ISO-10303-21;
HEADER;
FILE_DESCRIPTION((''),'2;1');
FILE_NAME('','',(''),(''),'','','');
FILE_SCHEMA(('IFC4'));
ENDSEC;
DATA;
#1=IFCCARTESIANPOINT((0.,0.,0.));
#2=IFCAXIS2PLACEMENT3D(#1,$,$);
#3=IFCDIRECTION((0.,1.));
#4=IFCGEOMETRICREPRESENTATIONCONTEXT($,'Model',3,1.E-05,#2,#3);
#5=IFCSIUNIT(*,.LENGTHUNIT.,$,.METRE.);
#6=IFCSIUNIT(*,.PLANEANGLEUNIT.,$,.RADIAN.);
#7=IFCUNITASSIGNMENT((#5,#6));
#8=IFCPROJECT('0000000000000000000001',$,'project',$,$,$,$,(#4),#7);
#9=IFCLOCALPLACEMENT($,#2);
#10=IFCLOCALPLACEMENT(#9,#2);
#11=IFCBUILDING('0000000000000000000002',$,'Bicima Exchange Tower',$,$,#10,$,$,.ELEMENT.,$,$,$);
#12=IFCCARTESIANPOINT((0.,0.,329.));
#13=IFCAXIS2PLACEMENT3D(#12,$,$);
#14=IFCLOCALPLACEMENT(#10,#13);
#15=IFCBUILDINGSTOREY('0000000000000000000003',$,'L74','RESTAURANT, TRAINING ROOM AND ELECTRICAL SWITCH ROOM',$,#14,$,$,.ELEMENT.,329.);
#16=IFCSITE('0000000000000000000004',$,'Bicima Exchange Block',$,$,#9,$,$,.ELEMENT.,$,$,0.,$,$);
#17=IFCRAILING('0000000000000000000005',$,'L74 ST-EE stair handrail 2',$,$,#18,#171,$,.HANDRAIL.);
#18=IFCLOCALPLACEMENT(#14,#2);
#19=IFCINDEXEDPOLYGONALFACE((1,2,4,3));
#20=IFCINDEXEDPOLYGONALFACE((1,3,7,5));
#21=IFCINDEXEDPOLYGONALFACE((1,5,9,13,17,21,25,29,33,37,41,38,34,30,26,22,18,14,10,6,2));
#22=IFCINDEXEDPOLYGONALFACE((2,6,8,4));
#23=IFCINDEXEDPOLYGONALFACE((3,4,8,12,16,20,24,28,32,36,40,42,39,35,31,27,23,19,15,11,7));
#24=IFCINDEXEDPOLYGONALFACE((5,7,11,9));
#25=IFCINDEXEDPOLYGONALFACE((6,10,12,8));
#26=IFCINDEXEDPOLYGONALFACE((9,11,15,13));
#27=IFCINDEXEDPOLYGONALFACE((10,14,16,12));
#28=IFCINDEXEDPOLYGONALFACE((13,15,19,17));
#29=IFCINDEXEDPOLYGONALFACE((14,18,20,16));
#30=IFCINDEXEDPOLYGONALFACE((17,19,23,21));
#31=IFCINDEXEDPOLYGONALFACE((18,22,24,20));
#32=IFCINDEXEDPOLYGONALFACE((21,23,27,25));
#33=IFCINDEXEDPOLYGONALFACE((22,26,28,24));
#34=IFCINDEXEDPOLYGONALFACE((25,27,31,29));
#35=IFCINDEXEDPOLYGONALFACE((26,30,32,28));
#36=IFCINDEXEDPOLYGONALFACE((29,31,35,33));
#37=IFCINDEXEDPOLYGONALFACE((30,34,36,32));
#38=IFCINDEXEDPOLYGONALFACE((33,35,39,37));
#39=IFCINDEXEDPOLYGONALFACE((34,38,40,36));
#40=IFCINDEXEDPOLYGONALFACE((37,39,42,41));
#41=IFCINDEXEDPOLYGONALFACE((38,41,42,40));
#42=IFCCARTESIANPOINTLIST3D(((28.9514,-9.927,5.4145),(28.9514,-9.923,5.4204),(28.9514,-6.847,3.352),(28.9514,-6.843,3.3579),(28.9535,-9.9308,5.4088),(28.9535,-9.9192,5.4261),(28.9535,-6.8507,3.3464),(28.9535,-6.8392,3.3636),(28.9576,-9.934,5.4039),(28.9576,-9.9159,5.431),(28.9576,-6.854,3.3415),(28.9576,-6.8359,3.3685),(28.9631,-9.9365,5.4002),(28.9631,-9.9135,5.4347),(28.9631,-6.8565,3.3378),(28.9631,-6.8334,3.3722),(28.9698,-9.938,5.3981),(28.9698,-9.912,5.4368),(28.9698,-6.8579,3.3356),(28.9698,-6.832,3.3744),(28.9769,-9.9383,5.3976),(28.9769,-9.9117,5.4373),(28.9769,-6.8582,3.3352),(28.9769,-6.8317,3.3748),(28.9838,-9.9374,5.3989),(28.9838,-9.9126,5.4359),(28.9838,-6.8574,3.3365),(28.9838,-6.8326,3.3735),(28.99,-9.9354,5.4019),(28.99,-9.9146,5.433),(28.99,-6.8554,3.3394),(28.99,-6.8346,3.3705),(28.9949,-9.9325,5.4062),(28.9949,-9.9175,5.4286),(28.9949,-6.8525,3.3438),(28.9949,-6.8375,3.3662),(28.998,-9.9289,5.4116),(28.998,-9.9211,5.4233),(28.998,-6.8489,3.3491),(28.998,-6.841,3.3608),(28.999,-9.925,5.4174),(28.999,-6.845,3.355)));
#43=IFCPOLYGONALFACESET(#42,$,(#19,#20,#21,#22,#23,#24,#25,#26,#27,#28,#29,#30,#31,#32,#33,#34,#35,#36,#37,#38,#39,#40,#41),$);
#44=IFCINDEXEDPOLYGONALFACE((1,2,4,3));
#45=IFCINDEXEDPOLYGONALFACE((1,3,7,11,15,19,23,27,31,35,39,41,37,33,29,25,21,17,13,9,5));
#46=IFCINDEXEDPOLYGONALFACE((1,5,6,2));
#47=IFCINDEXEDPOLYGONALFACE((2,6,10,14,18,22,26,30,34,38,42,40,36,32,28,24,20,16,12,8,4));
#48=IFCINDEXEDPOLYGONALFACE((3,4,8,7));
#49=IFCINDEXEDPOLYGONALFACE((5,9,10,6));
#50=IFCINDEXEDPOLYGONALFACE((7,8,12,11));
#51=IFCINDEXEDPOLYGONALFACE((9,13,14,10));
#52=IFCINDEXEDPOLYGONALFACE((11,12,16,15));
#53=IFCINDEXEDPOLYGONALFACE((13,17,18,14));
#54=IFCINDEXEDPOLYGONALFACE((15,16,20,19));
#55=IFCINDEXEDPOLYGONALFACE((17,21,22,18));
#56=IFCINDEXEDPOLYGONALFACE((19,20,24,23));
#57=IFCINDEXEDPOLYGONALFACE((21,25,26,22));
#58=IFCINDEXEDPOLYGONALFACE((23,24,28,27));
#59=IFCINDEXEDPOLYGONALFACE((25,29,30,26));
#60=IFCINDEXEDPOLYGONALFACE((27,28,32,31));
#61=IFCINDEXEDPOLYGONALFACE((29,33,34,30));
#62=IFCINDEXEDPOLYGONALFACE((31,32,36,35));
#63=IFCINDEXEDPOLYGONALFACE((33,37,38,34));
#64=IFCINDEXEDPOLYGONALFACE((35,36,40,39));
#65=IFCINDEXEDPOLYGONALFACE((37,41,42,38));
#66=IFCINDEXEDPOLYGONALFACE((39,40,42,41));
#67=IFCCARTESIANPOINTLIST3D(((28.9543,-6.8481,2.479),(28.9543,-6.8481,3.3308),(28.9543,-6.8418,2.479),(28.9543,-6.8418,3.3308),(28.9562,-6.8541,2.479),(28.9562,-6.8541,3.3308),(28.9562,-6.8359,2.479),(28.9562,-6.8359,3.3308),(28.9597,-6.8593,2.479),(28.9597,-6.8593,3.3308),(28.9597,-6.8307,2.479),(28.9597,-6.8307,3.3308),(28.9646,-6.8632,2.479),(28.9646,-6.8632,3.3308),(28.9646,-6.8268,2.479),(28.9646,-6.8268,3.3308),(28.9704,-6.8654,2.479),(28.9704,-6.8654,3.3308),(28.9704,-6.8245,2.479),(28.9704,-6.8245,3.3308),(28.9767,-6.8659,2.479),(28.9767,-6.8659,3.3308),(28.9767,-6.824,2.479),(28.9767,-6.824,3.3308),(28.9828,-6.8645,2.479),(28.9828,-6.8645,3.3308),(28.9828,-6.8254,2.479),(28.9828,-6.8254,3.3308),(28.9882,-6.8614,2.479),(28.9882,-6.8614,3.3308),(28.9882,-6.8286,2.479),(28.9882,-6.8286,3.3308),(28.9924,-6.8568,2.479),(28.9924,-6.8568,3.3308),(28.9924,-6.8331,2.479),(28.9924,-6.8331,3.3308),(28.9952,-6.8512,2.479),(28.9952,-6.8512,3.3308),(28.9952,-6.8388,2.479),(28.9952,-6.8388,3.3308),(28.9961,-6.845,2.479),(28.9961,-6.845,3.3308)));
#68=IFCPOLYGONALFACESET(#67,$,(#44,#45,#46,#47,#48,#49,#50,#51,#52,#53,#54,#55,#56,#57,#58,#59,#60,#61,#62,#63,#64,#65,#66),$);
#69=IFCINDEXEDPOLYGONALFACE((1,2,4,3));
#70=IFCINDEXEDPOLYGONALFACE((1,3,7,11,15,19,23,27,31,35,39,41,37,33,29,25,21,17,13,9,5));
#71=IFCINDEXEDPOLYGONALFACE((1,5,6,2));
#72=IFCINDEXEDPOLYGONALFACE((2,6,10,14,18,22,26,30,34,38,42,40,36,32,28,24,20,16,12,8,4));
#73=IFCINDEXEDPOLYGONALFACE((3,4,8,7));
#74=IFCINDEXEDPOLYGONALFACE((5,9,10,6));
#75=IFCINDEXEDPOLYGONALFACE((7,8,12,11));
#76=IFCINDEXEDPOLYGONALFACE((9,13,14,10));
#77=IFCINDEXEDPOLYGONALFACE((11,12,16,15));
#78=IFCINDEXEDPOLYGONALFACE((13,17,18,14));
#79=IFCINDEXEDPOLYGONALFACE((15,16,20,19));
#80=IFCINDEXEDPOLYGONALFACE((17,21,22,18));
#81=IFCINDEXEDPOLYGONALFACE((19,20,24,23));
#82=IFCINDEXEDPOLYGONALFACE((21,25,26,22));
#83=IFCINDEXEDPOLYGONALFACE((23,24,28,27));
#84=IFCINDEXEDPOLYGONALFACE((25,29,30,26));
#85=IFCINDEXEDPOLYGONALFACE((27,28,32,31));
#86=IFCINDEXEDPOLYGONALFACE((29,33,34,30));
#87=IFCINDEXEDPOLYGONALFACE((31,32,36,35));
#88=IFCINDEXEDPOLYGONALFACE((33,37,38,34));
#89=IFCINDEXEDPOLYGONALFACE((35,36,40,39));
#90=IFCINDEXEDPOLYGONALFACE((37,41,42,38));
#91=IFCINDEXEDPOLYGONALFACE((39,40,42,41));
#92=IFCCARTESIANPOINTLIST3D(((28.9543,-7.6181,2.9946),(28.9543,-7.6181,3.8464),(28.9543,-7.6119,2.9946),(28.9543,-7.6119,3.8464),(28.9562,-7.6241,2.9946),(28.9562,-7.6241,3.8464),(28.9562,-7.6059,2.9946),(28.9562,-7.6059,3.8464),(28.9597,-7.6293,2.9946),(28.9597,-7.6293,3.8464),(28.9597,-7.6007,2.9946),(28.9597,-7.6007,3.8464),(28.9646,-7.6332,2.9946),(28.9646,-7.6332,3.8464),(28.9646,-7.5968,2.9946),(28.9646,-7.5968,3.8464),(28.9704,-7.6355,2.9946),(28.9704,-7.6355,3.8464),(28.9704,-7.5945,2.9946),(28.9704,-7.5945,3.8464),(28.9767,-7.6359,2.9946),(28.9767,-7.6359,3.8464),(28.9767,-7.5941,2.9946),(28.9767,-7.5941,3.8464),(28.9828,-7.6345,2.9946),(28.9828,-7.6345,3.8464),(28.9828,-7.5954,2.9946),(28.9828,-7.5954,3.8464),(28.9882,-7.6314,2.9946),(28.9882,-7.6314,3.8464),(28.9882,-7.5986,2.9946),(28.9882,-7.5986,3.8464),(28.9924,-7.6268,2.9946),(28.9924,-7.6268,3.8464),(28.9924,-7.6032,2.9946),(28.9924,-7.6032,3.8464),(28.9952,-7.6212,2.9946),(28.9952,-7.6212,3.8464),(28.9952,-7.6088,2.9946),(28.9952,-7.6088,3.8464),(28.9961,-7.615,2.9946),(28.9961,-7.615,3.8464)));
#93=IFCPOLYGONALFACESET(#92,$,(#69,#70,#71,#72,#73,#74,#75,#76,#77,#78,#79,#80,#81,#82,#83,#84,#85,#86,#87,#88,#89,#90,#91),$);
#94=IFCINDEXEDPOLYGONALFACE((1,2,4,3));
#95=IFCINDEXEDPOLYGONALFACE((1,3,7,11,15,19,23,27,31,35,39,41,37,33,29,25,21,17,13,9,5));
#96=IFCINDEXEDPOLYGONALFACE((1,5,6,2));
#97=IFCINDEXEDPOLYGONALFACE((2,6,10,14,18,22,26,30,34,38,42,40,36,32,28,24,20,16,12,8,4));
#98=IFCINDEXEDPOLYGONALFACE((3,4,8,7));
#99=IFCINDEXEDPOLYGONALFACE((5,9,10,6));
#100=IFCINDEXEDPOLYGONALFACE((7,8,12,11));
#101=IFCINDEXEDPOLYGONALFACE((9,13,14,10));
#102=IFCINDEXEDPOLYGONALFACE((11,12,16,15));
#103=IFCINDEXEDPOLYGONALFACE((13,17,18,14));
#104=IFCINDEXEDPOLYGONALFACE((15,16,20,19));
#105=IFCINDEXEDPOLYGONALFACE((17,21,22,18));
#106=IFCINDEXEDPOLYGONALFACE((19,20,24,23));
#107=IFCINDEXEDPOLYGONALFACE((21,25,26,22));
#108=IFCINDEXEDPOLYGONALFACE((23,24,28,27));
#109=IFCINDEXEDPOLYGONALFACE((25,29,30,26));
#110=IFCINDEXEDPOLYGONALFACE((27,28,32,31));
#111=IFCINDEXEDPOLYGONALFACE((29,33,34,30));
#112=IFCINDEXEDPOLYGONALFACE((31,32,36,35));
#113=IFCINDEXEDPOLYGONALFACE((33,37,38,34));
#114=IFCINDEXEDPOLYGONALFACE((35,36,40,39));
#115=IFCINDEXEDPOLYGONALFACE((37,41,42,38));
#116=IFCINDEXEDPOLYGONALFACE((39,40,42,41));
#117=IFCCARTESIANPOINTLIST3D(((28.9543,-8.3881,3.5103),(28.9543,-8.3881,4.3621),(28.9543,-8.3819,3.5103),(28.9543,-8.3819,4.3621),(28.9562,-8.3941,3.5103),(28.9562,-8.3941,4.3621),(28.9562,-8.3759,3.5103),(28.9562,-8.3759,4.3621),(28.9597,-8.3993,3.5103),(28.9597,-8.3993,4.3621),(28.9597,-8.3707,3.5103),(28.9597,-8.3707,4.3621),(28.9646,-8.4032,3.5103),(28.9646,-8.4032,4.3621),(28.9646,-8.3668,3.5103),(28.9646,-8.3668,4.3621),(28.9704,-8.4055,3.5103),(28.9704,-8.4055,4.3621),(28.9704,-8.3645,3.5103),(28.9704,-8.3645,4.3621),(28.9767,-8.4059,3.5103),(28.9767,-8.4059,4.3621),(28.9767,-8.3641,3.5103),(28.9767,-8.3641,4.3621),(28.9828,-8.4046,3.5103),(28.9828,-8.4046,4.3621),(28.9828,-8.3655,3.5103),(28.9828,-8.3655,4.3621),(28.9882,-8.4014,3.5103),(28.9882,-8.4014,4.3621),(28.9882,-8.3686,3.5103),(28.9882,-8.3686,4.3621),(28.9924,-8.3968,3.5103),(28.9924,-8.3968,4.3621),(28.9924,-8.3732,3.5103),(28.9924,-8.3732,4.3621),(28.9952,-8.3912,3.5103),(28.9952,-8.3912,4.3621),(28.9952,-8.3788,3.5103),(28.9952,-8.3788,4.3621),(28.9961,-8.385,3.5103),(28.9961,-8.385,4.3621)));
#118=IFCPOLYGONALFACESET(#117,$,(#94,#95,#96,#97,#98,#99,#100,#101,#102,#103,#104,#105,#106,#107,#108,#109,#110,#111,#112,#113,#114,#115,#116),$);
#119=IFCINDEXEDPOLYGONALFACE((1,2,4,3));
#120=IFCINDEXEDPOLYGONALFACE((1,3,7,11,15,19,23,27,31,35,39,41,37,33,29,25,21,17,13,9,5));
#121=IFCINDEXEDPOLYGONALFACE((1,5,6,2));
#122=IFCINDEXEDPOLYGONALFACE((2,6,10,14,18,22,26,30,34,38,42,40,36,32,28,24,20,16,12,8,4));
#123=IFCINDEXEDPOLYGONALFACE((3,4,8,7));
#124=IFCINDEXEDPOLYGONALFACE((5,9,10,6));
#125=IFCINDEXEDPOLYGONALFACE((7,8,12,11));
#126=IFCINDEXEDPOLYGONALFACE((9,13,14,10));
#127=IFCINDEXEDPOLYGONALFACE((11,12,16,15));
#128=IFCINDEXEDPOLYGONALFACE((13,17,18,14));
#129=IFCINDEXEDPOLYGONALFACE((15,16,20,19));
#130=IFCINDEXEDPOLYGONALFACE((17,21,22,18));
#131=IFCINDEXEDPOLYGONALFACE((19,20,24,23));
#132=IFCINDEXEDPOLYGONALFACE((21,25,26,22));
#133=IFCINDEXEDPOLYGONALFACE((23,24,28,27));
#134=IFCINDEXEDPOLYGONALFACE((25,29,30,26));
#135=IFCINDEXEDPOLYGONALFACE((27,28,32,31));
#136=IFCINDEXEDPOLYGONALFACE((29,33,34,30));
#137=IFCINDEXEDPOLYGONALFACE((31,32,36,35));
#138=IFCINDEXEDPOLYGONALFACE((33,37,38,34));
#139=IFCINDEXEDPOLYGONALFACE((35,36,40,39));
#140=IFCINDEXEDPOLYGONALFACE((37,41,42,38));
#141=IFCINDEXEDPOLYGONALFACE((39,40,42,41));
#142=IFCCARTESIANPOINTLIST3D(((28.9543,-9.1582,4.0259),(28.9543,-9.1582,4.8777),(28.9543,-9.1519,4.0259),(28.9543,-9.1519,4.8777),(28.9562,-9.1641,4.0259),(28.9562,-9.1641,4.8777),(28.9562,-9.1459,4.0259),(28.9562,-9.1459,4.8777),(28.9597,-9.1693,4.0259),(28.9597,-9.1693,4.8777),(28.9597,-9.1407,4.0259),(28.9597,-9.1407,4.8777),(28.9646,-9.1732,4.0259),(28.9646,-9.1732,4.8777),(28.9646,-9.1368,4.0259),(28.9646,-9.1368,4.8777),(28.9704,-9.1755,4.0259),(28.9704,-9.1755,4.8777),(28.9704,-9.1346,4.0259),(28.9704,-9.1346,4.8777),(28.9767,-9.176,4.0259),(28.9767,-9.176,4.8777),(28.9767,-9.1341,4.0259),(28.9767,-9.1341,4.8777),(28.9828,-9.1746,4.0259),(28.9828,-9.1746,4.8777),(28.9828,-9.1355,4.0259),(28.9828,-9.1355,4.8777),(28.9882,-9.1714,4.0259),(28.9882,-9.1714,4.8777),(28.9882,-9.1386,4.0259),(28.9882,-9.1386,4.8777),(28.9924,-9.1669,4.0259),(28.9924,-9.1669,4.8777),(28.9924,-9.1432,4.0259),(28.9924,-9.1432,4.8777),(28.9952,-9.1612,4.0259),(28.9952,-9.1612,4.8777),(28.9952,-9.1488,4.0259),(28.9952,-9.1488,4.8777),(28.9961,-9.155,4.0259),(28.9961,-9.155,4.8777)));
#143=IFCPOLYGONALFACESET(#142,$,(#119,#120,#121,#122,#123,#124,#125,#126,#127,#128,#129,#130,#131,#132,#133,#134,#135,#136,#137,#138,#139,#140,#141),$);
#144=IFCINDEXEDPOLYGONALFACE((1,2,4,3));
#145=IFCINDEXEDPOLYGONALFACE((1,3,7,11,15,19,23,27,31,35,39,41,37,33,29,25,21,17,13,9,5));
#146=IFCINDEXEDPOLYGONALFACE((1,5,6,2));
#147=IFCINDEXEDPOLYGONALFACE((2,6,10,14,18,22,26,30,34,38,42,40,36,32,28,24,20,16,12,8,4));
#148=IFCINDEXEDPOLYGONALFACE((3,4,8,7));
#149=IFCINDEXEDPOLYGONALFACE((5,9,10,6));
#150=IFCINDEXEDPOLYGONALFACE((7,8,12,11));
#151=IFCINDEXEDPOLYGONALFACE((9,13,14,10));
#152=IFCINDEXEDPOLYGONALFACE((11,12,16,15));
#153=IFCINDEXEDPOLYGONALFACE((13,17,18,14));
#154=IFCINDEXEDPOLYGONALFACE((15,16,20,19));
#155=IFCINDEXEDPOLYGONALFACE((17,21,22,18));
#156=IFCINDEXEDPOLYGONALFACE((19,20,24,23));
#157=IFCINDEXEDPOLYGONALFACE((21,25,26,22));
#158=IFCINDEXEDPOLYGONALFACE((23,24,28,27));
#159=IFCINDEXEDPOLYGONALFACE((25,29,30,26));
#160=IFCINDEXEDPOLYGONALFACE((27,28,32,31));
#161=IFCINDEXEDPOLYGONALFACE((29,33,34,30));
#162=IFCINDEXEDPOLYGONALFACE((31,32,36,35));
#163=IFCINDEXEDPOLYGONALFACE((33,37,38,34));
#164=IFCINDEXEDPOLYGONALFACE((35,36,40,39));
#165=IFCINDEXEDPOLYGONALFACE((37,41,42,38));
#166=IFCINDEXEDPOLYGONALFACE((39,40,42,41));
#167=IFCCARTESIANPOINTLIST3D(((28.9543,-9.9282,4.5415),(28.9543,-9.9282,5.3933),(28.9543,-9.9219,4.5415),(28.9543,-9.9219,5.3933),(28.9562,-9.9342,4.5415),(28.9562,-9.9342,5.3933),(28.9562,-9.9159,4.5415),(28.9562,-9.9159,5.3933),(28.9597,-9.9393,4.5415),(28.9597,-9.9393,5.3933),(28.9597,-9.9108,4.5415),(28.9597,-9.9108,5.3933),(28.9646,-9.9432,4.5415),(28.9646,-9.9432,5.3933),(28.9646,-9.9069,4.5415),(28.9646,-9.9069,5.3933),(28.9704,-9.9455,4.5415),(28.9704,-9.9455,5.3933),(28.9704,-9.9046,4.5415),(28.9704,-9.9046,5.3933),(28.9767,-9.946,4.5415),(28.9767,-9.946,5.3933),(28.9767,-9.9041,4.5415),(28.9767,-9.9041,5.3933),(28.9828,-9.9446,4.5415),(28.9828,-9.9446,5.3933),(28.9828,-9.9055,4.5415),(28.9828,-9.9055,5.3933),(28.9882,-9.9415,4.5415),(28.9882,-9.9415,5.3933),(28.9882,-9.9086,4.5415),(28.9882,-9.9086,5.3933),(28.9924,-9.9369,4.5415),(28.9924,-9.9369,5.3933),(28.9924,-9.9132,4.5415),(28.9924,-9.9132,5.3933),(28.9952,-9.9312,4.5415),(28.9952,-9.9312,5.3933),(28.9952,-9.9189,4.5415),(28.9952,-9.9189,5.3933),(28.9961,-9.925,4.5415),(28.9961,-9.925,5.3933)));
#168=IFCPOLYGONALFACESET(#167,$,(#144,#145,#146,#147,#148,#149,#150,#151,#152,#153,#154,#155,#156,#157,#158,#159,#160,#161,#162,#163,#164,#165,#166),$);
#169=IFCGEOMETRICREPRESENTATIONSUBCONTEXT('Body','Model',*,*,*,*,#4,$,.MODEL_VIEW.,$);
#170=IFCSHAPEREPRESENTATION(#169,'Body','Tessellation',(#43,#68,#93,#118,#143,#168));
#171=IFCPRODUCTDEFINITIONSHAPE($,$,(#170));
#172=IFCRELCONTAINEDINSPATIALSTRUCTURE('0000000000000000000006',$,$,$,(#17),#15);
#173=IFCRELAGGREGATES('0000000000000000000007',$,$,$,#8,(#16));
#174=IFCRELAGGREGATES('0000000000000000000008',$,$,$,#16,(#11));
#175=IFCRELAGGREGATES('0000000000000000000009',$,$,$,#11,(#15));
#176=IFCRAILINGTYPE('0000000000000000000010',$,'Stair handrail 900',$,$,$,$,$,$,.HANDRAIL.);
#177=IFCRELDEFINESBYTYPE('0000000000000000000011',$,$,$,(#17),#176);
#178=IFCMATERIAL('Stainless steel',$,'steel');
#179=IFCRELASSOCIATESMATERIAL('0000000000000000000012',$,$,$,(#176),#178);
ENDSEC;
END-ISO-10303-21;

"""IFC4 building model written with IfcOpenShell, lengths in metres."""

from ifc_helpers import new_model, si_unit, direction, frame, origin, origin_2d, place, context, subcontext, project, spatial, circle, extrude, material, type_object, element, save


model = new_model("IFC4")

# Units and contexts
model_context = context("Model", 3, precision=1e-05, world=origin(), true_north=direction((0.0, 1.0)))
body_context = subcontext(model_context, "Body", "Model", "MODEL_VIEW")
ifc_project = project(units=[si_unit("LENGTHUNIT", "METRE"), si_unit("PLANEANGLEUNIT", "RADIAN")], contexts=[model_context])

# Site, building, storey
site_placement = place(None, origin())
site = spatial("IfcSite", under=ifc_project, at=site_placement, Name="Bicima Exchange Block", CompositionType="ELEMENT", RefElevation=0.0)
building_placement = place(site_placement, origin())
building = spatial("IfcBuilding", under=site, at=building_placement, Name="Bicima Exchange Tower", CompositionType="ELEMENT")
storey_placement = place(building_placement, frame((0.0, 0.0, 329.0)))
storey = spatial("IfcBuildingStorey", under=building, at=storey_placement, Name="L74", Description="RESTAURANT, TRAINING ROOM AND ELECTRICAL SWITCH ROOM", CompositionType="ELEMENT", Elevation=329.0)

# Railing
ifc_material_1 = material(Name="Stainless steel", Category="steel")
railing_type_1 = type_object("IfcRailingType", Name="Stair handrail 900", PredefinedType="HANDRAIL", material=ifc_material_1)
for number, where, name in (
    (1, (28.9751, -6.845, 2.479), "L74 ST-EE stair handrail 2"),
):
    element("IfcRailing", number, at=place(storey_placement, frame(where)), inside=storey, type_object=railing_type_1, Name=name, PredefinedType="HANDRAIL", context=body_context, shape_type="SweptSolid", body=[
        extrude(circle(Radius=0.0239, at=origin_2d()), frame((0.0, 0.0, 0.876), z_axis=(0.0, -0.830914, 0.556401), x_axis=(1.0, 0.0, 0.0)), (0.0, 0.0, 1.0), 3.7068),
        extrude(circle(Radius=0.021, at=origin_2d()), origin(), (0.0, 0.0, 1.0), 0.8518),
        extrude(circle(Radius=0.021, at=origin_2d()), frame((0.0, -0.77, 0.5156)), (0.0, 0.0, 1.0), 0.8518),
        extrude(circle(Radius=0.021, at=origin_2d()), frame((0.0, -1.54, 1.0312)), (0.0, 0.0, 1.0), 0.8518),
        extrude(circle(Radius=0.021, at=origin_2d()), frame((0.0, -2.3101, 1.5469)), (0.0, 0.0, 1.0), 0.8518),
        extrude(circle(Radius=0.021, at=origin_2d()), frame((0.0, -3.0801, 2.0625)), (0.0, 0.0, 1.0), 0.8518),
    ])

save(model, "model.ifc")
